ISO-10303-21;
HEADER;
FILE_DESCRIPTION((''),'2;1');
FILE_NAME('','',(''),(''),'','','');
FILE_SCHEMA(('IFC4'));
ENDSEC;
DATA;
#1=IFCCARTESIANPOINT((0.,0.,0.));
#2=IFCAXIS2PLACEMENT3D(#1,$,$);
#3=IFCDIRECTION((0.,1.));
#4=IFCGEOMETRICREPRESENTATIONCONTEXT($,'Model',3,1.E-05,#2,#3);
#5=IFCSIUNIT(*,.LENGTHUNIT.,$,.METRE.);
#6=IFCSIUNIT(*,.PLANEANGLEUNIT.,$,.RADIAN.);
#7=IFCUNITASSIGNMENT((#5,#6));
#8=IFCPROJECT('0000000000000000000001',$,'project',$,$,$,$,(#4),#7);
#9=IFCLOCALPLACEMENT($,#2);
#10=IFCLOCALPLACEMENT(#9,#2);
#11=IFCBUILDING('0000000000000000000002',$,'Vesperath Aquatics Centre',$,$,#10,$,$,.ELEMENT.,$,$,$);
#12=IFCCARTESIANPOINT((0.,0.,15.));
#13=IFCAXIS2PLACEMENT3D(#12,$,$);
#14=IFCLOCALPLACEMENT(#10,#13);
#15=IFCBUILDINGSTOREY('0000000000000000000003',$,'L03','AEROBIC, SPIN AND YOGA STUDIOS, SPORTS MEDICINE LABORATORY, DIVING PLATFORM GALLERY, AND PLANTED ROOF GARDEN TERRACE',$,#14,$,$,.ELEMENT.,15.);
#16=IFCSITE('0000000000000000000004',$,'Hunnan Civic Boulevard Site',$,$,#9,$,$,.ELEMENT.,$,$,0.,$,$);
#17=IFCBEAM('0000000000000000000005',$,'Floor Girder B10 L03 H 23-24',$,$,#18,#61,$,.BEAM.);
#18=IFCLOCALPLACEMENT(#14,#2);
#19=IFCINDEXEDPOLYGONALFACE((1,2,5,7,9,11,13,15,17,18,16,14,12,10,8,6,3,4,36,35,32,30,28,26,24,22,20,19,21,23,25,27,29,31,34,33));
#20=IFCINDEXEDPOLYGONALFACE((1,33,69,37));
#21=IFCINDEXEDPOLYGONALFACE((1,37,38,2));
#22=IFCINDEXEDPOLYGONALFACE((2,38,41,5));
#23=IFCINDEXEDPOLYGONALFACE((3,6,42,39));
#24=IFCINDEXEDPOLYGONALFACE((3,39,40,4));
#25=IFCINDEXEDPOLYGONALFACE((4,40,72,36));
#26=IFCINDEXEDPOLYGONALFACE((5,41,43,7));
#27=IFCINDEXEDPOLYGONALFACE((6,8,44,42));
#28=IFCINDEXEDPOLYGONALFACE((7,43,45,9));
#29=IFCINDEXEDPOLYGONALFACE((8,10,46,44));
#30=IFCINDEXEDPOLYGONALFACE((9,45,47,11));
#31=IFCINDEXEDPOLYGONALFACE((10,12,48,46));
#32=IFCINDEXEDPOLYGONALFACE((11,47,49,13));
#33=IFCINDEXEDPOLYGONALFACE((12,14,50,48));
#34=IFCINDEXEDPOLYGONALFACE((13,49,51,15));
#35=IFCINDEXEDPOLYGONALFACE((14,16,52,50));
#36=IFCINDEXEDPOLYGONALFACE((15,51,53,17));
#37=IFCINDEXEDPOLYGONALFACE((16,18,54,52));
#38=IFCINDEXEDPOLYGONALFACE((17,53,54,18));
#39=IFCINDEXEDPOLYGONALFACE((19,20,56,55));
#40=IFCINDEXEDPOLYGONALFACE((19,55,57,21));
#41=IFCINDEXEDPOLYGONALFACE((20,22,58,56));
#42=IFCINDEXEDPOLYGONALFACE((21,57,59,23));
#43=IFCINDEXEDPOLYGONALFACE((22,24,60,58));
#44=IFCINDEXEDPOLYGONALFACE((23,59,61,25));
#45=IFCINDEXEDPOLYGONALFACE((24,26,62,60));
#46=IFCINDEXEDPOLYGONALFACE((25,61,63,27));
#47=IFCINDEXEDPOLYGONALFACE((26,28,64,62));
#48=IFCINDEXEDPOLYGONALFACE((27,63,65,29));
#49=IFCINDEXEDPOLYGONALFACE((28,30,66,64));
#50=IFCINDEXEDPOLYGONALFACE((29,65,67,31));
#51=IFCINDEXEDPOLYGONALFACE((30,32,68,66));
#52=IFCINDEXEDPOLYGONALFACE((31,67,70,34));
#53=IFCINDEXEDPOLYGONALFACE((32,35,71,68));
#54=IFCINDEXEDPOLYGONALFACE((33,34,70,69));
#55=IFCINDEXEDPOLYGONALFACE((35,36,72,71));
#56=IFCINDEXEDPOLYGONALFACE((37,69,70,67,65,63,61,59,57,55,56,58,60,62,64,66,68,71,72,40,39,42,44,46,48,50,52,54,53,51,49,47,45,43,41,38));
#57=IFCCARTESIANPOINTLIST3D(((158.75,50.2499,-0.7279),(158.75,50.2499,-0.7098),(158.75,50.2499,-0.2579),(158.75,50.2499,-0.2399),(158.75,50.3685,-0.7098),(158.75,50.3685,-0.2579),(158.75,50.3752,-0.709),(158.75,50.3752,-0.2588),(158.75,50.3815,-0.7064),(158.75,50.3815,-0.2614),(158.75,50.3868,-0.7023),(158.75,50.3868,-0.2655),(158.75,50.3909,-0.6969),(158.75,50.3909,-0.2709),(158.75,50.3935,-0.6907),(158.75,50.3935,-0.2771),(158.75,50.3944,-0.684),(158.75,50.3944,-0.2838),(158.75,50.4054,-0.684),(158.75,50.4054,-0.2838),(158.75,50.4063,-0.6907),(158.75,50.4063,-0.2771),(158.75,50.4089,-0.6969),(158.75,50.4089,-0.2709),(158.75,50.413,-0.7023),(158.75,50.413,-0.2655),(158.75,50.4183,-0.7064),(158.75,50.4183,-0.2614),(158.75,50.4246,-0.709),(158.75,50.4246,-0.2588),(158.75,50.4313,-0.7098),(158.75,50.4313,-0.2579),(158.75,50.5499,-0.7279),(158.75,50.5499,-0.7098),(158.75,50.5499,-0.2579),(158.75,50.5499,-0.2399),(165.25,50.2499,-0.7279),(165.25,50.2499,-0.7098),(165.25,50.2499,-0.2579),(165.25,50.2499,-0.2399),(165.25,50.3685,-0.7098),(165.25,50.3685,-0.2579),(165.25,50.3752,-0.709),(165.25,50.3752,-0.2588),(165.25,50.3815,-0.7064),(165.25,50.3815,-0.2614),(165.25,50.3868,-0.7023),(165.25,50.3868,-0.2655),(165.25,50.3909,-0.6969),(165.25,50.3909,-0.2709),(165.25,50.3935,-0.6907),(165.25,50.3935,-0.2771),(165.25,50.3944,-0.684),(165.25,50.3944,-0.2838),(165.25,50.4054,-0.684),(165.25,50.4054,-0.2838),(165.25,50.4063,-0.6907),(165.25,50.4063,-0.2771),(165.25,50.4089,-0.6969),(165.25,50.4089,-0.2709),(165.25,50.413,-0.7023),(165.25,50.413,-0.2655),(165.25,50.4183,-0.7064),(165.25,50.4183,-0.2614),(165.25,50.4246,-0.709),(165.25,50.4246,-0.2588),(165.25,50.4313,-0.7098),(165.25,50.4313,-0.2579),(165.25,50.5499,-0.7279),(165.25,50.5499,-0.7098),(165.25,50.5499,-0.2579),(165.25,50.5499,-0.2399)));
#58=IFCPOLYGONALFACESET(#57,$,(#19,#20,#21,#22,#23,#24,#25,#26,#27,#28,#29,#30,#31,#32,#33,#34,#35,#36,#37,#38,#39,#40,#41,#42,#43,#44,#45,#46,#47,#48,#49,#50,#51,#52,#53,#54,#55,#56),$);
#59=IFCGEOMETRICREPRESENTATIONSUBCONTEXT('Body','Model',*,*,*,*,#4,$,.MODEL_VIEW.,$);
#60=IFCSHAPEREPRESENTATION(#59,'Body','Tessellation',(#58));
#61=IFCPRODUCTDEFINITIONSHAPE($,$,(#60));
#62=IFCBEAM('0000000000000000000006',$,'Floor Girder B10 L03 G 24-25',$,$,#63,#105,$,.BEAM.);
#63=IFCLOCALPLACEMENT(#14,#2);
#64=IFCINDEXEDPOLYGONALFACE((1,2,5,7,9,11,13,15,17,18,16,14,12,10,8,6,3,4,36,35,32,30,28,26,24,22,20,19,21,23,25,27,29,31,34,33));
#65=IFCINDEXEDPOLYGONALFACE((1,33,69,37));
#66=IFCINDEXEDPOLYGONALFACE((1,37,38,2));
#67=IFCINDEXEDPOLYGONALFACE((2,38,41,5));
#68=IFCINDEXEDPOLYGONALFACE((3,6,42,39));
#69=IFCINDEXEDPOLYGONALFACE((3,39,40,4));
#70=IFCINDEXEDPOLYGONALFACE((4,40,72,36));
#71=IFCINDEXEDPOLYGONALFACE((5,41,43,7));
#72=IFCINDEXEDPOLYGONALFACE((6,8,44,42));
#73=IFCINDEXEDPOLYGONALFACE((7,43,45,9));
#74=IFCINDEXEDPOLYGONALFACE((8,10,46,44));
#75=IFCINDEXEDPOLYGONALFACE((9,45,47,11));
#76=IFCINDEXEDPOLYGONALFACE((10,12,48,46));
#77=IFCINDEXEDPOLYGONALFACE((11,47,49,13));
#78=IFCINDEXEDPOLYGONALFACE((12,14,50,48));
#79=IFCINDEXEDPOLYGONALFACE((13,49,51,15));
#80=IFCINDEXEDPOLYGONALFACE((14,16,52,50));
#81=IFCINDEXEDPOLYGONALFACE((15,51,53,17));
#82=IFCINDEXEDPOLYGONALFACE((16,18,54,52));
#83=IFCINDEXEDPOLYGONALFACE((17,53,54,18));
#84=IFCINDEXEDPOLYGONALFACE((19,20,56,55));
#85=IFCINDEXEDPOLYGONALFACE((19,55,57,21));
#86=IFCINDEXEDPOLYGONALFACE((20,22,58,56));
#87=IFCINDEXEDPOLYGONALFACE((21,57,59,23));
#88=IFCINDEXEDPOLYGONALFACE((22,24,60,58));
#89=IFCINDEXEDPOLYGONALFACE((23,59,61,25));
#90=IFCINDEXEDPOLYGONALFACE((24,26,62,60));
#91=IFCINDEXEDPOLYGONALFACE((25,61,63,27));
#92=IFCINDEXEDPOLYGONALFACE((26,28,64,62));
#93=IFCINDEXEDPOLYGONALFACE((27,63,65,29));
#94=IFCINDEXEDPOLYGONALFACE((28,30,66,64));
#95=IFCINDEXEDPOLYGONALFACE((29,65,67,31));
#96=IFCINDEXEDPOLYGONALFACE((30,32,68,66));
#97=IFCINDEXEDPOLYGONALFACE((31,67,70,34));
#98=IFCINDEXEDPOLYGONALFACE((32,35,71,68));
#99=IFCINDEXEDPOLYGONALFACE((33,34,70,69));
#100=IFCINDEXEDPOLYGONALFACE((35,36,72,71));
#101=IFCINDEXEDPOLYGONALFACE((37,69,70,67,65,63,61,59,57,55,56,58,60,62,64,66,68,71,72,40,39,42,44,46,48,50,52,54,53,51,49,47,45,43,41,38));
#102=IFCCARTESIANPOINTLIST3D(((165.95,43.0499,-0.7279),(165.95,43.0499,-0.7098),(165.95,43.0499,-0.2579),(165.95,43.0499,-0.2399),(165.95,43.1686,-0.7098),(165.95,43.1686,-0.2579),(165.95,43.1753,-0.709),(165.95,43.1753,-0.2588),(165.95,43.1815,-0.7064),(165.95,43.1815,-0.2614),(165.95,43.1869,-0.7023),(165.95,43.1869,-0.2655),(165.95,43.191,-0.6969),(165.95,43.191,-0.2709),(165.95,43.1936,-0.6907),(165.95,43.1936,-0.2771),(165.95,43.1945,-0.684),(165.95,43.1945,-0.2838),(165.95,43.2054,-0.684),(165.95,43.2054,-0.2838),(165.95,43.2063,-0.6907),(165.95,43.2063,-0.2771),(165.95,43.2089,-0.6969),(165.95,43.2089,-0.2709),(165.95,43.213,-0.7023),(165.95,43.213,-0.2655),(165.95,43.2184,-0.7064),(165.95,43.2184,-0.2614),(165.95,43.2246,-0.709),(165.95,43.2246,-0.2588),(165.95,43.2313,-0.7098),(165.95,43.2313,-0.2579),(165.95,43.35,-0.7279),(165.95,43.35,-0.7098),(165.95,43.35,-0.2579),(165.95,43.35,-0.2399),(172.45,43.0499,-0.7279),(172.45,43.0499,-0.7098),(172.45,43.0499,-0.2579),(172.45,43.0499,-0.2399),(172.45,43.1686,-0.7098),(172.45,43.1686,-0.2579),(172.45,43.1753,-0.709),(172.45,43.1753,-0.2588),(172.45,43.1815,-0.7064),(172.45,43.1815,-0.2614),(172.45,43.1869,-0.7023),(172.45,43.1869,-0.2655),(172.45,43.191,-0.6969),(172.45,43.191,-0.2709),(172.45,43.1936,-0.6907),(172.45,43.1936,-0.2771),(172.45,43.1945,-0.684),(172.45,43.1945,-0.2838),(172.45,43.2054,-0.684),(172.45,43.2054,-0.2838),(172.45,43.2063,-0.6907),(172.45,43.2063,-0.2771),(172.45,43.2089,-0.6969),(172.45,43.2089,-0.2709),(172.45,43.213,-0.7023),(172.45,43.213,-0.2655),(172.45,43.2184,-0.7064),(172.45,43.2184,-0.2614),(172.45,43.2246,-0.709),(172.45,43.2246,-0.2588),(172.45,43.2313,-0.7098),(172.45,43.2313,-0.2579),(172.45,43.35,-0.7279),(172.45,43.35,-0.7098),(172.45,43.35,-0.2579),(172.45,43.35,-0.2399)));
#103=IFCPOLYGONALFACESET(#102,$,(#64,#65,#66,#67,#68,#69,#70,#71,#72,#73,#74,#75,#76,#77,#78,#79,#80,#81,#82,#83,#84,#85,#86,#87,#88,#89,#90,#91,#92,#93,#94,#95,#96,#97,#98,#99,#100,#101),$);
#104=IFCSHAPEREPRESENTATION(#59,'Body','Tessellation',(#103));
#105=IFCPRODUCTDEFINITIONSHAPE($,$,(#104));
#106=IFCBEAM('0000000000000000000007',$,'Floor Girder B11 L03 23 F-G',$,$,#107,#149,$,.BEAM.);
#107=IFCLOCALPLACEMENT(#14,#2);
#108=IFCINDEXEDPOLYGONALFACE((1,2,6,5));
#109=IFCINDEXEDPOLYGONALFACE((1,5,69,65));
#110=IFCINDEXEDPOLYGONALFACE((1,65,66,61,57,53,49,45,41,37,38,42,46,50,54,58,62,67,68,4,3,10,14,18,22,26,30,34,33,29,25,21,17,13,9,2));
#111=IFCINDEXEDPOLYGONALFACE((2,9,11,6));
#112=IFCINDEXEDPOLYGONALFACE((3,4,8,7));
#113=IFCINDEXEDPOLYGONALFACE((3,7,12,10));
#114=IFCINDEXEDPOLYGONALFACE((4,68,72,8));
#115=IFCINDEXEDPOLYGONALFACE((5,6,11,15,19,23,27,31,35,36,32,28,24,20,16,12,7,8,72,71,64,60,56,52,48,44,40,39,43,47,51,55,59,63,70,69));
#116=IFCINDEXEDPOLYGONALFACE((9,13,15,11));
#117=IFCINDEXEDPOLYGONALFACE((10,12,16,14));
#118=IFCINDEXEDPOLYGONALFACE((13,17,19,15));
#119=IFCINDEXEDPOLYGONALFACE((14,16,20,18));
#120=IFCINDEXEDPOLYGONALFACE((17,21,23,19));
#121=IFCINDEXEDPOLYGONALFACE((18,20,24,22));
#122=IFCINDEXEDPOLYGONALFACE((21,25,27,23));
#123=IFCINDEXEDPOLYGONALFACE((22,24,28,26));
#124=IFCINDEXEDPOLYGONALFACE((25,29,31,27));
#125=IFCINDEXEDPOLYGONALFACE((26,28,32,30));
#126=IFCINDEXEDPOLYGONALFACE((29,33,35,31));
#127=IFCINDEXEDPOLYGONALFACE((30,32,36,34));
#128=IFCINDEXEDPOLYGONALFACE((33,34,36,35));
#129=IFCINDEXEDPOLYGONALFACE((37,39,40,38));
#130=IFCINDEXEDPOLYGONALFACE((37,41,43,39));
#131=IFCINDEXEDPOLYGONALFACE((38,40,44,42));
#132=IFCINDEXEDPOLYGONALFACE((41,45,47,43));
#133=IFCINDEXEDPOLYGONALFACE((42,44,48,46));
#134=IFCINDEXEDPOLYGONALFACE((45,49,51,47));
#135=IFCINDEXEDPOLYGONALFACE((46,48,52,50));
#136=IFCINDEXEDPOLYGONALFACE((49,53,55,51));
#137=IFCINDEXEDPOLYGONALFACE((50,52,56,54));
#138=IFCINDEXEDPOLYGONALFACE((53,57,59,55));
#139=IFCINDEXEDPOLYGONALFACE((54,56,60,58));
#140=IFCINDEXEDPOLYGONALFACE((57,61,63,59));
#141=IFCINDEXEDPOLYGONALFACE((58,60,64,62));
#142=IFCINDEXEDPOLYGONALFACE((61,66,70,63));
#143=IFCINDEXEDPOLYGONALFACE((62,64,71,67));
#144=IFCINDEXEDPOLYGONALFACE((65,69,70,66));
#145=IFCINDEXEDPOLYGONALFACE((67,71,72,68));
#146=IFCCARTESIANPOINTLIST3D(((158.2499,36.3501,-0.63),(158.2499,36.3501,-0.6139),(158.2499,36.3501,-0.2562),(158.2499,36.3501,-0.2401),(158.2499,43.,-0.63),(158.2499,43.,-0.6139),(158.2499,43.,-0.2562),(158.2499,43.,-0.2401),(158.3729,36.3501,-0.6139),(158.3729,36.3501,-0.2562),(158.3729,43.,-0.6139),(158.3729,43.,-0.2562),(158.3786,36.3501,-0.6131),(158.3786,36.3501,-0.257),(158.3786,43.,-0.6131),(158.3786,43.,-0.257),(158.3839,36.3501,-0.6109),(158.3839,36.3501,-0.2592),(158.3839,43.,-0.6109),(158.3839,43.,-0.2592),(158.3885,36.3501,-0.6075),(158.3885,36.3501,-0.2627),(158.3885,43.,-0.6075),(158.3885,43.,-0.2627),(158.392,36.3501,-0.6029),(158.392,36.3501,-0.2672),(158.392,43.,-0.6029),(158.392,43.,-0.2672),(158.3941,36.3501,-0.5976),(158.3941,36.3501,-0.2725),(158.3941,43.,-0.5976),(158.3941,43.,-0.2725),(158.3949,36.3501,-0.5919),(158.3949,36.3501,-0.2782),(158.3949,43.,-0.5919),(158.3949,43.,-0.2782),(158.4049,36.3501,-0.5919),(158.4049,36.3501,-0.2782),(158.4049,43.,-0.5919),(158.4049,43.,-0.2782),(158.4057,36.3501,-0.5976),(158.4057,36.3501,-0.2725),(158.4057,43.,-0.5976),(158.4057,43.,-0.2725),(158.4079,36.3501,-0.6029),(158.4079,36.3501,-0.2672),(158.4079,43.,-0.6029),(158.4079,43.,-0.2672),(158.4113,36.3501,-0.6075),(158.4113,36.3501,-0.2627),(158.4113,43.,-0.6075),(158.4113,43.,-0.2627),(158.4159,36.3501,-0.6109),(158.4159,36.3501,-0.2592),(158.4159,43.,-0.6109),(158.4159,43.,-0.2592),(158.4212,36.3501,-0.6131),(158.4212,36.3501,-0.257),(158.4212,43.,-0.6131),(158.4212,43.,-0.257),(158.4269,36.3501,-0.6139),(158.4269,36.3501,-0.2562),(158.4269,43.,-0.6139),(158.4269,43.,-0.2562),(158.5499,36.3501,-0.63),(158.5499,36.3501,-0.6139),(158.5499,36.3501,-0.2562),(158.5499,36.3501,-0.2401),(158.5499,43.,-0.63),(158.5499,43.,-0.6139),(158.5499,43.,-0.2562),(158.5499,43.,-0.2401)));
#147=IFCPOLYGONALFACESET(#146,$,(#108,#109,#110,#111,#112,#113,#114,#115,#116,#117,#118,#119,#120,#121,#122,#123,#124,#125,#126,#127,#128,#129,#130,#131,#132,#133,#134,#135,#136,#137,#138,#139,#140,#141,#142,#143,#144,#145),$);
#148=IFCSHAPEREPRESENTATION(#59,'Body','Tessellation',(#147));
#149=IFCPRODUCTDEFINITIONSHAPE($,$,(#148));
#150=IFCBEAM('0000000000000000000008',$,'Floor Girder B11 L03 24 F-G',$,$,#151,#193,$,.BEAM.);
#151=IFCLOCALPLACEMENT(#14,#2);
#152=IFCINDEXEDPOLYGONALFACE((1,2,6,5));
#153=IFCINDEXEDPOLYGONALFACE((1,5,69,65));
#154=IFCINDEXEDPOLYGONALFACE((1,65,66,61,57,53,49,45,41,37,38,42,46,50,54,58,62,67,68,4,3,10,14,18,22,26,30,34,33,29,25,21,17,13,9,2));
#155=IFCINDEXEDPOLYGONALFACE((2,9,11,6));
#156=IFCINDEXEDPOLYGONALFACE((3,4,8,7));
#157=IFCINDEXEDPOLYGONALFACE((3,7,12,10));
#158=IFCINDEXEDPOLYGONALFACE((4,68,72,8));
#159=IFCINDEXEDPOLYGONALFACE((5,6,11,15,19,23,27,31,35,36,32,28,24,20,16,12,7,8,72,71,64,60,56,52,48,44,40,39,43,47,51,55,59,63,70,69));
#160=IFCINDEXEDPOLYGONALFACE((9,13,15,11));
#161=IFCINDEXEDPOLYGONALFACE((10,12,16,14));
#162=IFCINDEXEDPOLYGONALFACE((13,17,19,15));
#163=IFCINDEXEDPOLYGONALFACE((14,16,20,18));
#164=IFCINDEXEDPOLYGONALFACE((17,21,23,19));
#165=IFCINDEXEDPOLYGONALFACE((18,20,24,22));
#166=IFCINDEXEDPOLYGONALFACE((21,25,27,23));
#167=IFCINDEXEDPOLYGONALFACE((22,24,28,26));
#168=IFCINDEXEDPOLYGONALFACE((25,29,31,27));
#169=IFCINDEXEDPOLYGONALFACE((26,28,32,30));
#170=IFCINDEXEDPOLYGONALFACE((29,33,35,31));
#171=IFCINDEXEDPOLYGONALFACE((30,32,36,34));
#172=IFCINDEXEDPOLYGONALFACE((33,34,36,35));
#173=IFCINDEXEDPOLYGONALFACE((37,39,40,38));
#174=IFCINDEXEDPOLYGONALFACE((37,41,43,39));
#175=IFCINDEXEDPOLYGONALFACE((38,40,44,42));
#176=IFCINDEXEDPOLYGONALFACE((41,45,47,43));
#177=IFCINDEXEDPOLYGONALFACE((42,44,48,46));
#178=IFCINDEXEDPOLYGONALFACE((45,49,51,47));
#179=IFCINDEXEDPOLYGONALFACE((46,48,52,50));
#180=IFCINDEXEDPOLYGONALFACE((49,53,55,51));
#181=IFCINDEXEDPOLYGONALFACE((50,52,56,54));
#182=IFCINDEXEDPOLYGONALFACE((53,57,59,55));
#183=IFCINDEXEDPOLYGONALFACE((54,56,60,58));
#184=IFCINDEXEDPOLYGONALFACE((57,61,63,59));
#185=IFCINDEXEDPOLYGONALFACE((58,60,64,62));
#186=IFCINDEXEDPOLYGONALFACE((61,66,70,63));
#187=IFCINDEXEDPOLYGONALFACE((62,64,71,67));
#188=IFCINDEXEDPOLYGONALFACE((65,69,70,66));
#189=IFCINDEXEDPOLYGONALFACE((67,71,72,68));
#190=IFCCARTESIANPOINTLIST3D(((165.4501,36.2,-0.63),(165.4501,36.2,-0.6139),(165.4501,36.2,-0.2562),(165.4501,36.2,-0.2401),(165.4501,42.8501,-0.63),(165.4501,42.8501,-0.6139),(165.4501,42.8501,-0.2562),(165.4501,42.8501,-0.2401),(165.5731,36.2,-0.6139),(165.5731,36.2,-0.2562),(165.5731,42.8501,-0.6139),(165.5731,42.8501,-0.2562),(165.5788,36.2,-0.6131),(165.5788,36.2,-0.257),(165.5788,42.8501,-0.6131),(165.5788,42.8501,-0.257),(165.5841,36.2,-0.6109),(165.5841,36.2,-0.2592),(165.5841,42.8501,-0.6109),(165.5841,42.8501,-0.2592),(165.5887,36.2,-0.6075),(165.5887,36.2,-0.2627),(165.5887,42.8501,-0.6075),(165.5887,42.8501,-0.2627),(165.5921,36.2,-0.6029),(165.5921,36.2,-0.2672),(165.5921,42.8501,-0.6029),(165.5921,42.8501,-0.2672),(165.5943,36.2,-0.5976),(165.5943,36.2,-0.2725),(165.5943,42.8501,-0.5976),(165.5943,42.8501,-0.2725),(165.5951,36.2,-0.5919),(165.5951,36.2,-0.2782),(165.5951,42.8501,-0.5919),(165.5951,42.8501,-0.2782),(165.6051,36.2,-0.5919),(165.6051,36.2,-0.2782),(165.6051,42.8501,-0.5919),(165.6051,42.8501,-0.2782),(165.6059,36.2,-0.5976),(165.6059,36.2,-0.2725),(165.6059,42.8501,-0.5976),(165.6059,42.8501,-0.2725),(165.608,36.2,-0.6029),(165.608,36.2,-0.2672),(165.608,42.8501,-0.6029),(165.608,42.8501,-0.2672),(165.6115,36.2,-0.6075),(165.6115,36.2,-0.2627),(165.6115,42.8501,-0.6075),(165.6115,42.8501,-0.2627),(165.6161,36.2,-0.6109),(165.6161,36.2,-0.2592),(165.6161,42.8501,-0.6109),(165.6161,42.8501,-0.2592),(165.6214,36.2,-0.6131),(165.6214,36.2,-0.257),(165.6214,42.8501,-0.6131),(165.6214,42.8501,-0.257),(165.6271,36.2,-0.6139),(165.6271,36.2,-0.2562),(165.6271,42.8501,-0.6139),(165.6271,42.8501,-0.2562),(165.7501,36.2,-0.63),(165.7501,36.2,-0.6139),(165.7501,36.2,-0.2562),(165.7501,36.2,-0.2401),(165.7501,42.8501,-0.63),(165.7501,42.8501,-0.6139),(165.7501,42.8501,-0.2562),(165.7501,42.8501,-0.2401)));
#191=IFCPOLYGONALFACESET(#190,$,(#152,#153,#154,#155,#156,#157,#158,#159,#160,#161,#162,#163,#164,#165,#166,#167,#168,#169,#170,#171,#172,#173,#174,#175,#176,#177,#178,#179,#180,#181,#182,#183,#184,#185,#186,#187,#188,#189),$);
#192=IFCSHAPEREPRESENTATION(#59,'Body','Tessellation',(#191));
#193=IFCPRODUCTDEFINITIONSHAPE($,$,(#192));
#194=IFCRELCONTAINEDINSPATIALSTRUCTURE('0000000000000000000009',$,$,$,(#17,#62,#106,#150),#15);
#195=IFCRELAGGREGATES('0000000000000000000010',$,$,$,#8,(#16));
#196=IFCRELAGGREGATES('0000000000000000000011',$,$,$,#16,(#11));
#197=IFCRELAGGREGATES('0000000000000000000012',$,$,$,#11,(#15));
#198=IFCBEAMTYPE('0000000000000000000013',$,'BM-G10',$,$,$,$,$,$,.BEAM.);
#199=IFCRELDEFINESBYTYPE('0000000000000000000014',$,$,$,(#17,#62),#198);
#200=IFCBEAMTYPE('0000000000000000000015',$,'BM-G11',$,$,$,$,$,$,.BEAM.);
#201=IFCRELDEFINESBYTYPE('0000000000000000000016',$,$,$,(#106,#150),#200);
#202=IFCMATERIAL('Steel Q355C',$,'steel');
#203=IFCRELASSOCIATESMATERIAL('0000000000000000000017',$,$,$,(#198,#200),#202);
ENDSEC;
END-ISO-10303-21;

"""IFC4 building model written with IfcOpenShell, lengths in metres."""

from ifc_helpers import new_model, si_unit, direction, frame, origin, origin_2d, place, context, subcontext, project, spatial, i_section, extrude, material, material_profile, profile_set, type_object, element, save


model = new_model("IFC4")

# Units and contexts
model_context = context("Model", 3, precision=1e-05, world=origin(), true_north=direction((0.0, 1.0)))
body_context = subcontext(model_context, "Body", "Model", "MODEL_VIEW")
ifc_project = project(units=[si_unit("LENGTHUNIT", "METRE"), si_unit("PLANEANGLEUNIT", "RADIAN")], contexts=[model_context])

# Site, building, storey
site_placement = place(None, origin())
site = spatial("IfcSite", under=ifc_project, at=site_placement, Name="Hunnan Civic Boulevard Site", CompositionType="ELEMENT", RefElevation=0.0)
building_placement = place(site_placement, origin())
building = spatial("IfcBuilding", under=site, at=building_placement, Name="Vesperath Aquatics Centre", CompositionType="ELEMENT")
storey_placement = place(building_placement, frame((0.0, 0.0, 15.0)))
storey = spatial("IfcBuildingStorey", under=building, at=storey_placement, Name="L03", Description="AEROBIC, SPIN AND YOGA STUDIOS, SPORTS MEDICINE LABORATORY, DIVING PLATFORM GALLERY, AND PLANTED ROOF GARDEN TERRACE", CompositionType="ELEMENT", Elevation=15.0)

# Shared definitions
ifc_material_1 = material(Name="Steel Q355C", Category="steel")

# Beams
ifc_material_profile_1 = material_profile(ifc_material_1, i_section(OverallWidth=0.3, OverallDepth=0.488, WebThickness=0.011, FlangeThickness=0.0181, FilletRadius=0.0259, at=origin_2d()), Name="HM 488x300x11x18")
ifc_profile_set_1 = profile_set([ifc_material_profile_1], Name="Steel Q355C")
beam_type_1 = type_object("IfcBeamType", Name="BM-G10", PredefinedType="BEAM", material=ifc_profile_set_1)
for number, where, z_axis, x_axis, name in (
    (1, (158.75, 50.3999, -0.4839), (1.0, 0.0, 0.0), (0.0, 1.0, 0.0), "Floor Girder B10 L03 H 23-24"),
    (2, (165.95, 43.2, -0.4839), (1.0, 0.0, 0.0), (0.0, 1.0, 0.0), "Floor Girder B10 L03 G 24-25"),
):
    element("IfcBeam", number, at=place(storey_placement, frame(where, z_axis=z_axis, x_axis=x_axis)), inside=storey, type_object=beam_type_1, Name=name, PredefinedType="BEAM", context=body_context, shape_type="SweptSolid", body=[
        extrude(i_section(OverallWidth=0.3, OverallDepth=0.488, WebThickness=0.011, FlangeThickness=0.0181, FilletRadius=0.0259, at=origin_2d()), origin(), (0.0, 0.0, 1.0), 6.5),
    ])
ifc_material_profile_2 = material_profile(ifc_material_1, i_section(OverallWidth=0.3, OverallDepth=0.3899, WebThickness=0.01, FlangeThickness=0.0161, FilletRadius=0.022, at=origin_2d()), Name="HM 390x300x10x16")
ifc_profile_set_2 = profile_set([ifc_material_profile_2], Name="Steel Q355C")
beam_type_2 = type_object("IfcBeamType", Name="BM-G11", PredefinedType="BEAM", material=ifc_profile_set_2)
beam_1_placement = place(storey_placement, frame((158.3999, 36.3501, -0.4351), z_axis=(0.0, 1.0, 0.0), x_axis=(-1.0, 0.0, 0.0)))
element("IfcBeam", 3, at=beam_1_placement, inside=storey, type_object=beam_type_2, Name="Floor Girder B11 L03 23 F-G", PredefinedType="BEAM", context=body_context, shape_type="SweptSolid", body=[
    extrude(i_section(OverallWidth=0.3, OverallDepth=0.3899, WebThickness=0.01, FlangeThickness=0.0161, FilletRadius=0.022, at=origin_2d()), origin(), (0.0, 0.0, 1.0), 6.6499),
])
beam_2_placement = place(storey_placement, frame((165.6001, 36.2, -0.4351), z_axis=(0.0, 1.0, 0.0), x_axis=(-1.0, 0.0, 0.0)))
element("IfcBeam", 4, at=beam_2_placement, inside=storey, type_object=beam_type_2, Name="Floor Girder B11 L03 24 F-G", PredefinedType="BEAM", context=body_context, shape_type="SweptSolid", body=[
    extrude(i_section(OverallWidth=0.3, OverallDepth=0.3899, WebThickness=0.01, FlangeThickness=0.0161, FilletRadius=0.022, at=origin_2d()), origin(), (0.0, 0.0, 1.0), 6.6501),
])

save(model, "model.ifc")
